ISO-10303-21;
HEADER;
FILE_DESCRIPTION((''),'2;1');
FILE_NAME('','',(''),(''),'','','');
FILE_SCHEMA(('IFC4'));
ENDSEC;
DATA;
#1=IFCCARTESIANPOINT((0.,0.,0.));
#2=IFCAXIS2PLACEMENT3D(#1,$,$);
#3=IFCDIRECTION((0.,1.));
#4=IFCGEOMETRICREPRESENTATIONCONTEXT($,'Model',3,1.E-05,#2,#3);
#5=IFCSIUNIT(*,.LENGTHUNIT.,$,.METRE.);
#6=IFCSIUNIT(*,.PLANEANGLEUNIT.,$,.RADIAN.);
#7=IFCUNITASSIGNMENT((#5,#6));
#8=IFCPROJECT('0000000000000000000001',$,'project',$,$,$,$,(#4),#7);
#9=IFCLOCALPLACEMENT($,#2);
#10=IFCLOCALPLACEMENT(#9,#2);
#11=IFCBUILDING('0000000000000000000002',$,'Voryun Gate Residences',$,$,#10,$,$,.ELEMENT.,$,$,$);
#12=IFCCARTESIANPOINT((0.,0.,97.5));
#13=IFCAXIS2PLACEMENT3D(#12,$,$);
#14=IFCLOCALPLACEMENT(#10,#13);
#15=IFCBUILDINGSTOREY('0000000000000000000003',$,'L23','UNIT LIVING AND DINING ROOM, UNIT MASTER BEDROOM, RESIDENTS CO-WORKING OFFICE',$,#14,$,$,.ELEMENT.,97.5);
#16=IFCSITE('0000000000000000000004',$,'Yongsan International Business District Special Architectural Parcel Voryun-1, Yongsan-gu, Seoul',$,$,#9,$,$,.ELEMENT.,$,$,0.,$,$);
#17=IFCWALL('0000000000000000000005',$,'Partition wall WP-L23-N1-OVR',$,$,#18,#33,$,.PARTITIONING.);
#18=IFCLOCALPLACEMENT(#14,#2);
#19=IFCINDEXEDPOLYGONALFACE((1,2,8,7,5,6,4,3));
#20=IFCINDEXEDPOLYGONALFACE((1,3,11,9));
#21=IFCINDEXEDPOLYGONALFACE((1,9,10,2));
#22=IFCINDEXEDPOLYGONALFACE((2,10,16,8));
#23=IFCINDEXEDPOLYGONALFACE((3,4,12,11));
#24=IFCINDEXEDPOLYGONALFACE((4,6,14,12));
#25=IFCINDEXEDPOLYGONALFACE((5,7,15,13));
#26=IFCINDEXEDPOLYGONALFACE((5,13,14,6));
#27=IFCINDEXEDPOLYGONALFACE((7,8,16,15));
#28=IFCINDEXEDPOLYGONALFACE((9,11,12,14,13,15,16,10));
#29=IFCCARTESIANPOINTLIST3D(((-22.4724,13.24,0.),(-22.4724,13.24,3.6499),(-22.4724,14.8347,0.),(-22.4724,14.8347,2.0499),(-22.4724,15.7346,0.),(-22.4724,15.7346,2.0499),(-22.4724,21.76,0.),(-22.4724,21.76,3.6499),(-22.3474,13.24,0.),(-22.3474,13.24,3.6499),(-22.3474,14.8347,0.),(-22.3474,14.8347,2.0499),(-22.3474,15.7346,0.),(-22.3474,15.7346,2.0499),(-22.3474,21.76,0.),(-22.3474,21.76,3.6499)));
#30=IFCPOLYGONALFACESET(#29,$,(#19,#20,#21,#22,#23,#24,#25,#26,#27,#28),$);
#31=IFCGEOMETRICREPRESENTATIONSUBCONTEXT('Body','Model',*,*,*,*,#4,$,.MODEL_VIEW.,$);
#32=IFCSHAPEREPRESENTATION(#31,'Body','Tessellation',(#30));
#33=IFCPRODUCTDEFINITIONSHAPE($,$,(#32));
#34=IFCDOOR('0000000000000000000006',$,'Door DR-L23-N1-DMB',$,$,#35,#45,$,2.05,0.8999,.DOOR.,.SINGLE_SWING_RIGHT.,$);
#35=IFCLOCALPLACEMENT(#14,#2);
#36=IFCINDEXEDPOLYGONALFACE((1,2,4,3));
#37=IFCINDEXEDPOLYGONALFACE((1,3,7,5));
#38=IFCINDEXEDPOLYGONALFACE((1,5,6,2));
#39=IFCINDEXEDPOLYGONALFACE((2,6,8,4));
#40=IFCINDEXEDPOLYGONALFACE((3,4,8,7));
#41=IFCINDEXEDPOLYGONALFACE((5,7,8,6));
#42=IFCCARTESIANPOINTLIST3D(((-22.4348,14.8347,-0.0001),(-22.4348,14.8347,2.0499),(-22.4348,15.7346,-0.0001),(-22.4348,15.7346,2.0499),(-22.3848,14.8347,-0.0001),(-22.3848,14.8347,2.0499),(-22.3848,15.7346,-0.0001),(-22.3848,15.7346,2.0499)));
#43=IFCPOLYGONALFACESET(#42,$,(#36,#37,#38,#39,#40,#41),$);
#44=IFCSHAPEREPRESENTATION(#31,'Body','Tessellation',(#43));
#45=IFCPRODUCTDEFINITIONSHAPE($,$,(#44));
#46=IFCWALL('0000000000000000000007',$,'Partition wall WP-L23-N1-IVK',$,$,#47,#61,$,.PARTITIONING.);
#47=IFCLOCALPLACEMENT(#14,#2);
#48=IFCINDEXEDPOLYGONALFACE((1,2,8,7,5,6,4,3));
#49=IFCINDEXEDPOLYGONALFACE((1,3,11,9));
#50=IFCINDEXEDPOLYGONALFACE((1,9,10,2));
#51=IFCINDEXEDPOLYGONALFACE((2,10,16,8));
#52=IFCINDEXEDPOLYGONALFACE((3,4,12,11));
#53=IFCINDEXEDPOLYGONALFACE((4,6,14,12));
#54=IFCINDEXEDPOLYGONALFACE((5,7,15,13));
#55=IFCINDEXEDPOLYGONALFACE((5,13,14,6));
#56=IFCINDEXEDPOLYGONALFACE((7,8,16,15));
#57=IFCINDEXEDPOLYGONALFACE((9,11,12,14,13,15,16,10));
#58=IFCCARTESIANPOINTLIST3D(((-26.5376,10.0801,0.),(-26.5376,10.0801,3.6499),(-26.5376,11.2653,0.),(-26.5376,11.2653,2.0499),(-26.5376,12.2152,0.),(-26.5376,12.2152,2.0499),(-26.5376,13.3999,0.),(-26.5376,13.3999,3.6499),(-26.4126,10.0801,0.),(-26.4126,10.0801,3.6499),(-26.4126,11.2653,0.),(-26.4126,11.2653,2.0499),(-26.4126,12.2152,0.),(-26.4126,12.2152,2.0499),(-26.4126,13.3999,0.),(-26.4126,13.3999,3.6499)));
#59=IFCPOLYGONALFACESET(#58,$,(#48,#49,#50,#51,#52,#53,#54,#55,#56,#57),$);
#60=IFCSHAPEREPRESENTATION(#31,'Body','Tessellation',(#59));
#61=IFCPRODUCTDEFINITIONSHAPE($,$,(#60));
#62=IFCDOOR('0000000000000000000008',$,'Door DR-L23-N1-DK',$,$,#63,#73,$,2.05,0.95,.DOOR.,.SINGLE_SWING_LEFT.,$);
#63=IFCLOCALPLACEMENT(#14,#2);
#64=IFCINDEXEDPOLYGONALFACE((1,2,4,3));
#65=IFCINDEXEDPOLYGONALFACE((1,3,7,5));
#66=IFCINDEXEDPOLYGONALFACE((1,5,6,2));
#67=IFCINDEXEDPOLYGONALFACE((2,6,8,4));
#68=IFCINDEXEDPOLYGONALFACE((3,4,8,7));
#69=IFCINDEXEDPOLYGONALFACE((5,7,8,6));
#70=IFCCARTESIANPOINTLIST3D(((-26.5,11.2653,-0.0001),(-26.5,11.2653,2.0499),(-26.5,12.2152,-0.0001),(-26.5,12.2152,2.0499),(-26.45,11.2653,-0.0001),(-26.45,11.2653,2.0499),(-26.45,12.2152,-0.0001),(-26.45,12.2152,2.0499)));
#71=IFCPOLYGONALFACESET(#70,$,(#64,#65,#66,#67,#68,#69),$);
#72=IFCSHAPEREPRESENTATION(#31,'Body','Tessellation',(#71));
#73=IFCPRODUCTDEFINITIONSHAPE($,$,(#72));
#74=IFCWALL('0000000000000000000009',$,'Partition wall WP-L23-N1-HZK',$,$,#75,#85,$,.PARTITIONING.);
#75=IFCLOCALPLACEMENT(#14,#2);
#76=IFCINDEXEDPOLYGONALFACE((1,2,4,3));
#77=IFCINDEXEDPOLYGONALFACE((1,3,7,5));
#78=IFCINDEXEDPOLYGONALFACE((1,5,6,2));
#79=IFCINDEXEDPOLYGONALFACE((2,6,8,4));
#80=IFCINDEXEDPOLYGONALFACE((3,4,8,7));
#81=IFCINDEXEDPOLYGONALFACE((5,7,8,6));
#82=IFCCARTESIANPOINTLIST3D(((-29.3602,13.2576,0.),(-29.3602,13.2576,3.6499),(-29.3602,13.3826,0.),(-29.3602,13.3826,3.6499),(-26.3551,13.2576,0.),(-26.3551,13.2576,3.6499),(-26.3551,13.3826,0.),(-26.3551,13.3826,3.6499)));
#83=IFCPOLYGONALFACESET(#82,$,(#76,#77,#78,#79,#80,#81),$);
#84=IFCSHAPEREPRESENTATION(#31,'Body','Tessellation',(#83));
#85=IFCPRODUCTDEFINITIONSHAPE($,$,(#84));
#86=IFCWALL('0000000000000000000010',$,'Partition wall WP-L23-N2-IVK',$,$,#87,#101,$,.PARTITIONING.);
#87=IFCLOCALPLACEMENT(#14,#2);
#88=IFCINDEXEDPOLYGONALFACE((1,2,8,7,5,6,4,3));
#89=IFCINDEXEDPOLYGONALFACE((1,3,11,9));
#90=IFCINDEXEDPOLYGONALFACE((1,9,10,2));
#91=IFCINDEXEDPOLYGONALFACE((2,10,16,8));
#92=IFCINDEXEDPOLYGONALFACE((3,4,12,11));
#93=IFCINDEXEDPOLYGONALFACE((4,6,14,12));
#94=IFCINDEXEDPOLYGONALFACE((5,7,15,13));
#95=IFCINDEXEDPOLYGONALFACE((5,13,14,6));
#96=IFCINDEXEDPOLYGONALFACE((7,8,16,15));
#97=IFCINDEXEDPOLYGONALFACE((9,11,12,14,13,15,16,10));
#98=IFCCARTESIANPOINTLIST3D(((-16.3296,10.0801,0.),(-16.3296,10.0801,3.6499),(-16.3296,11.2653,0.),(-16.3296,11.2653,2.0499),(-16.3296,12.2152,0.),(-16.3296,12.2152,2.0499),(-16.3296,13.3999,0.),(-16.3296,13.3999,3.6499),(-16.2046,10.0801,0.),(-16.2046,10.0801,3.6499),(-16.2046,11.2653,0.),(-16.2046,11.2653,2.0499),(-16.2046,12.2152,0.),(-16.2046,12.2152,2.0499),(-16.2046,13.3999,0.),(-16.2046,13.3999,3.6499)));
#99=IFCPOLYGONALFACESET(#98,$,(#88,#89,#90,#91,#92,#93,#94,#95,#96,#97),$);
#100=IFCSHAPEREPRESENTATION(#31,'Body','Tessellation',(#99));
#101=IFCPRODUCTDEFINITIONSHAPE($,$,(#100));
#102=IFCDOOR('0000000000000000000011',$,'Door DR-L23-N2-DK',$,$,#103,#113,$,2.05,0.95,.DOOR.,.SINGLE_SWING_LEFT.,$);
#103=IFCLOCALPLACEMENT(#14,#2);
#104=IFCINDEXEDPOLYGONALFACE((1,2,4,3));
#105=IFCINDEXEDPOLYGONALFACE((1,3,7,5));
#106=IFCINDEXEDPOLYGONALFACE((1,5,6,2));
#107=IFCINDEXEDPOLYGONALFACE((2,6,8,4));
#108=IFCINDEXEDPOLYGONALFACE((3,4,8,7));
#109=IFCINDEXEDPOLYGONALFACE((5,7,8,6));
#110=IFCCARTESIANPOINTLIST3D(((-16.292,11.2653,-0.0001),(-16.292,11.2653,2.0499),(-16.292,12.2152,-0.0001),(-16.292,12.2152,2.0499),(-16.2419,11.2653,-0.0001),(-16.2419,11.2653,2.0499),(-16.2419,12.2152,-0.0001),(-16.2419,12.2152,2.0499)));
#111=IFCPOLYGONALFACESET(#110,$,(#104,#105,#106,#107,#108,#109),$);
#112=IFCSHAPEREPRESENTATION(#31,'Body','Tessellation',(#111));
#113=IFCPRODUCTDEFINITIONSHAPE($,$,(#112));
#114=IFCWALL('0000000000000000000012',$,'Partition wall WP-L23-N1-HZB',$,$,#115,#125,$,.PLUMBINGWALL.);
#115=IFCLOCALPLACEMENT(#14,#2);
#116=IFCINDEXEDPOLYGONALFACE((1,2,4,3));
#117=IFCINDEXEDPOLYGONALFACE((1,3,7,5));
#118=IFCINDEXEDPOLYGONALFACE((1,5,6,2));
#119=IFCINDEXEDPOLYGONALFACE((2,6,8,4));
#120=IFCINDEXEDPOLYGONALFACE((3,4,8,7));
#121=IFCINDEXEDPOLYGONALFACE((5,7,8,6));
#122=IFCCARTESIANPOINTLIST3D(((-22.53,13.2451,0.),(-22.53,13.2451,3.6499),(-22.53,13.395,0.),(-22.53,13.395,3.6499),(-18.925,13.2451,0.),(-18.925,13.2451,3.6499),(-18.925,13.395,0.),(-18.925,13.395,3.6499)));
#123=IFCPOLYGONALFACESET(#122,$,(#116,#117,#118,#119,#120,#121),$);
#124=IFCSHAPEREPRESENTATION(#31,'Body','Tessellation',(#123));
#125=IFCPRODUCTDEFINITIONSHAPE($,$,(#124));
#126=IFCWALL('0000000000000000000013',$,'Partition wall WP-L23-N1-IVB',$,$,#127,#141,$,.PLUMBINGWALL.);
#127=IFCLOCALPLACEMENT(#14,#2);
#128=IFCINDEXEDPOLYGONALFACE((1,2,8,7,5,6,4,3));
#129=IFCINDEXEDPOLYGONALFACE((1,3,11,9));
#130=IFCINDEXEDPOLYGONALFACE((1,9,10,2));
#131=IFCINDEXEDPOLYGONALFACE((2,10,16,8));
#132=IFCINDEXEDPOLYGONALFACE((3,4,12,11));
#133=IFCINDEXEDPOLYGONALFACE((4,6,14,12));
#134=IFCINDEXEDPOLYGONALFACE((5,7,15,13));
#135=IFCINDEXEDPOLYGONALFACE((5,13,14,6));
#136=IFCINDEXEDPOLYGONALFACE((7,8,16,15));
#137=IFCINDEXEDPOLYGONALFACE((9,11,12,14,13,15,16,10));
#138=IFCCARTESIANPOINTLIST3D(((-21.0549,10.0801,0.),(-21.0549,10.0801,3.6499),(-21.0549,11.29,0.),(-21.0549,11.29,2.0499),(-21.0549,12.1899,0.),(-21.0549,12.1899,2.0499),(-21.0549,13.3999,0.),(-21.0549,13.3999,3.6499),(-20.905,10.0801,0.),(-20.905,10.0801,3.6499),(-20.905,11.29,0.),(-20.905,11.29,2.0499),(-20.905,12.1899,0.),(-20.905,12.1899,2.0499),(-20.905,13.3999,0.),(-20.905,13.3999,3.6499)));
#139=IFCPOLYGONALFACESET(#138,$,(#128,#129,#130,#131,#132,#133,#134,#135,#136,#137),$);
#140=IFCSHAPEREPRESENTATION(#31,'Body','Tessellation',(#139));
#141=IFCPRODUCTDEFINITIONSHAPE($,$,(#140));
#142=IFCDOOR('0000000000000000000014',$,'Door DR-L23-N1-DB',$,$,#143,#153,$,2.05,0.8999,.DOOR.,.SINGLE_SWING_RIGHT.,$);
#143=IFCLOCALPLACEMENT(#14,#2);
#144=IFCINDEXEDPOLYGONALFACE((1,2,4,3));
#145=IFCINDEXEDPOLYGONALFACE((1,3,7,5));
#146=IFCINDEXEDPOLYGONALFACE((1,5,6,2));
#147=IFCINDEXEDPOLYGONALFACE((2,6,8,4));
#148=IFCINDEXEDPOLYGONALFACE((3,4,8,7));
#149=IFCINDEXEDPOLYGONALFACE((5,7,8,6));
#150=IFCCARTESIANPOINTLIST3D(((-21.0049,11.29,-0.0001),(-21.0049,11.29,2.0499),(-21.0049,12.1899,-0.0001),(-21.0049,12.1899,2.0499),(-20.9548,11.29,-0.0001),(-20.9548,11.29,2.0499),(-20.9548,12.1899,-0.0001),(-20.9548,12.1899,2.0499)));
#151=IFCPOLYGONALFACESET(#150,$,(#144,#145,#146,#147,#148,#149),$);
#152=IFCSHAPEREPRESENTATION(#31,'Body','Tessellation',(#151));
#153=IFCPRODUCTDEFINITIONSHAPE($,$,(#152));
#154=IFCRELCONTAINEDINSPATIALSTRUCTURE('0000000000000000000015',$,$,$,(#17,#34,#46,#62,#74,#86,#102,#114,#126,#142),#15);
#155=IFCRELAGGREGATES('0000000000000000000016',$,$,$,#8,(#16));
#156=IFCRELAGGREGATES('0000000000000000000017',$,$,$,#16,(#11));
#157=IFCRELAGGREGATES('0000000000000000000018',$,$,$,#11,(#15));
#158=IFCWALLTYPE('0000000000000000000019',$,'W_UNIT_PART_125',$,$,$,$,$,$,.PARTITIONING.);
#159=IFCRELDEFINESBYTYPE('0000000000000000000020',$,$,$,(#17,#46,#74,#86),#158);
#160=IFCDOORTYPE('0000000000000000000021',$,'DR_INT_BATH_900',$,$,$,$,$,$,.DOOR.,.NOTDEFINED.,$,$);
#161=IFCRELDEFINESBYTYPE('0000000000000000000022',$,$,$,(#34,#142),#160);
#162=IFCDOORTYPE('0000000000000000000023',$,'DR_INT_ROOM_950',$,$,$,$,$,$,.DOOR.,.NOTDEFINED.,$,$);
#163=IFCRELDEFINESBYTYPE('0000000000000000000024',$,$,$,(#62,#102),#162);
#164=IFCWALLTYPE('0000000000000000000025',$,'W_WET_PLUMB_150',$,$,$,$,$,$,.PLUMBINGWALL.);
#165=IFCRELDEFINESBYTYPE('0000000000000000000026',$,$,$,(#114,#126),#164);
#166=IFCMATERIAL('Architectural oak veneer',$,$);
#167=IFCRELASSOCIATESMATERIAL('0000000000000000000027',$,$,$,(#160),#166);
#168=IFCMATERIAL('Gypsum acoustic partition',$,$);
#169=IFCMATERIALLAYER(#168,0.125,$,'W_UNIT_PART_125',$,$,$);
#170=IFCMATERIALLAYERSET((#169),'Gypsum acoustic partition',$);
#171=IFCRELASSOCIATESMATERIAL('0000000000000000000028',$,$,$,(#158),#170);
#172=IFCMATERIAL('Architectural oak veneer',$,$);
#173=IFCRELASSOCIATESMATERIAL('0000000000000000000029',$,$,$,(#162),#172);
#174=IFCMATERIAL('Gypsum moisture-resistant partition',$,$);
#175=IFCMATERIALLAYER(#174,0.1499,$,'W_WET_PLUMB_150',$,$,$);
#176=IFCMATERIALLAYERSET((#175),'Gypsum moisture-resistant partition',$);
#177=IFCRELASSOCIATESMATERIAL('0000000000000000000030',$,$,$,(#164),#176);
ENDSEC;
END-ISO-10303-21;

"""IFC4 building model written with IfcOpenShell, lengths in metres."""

from ifc_helpers import new_model, si_unit, direction, frame, frame_2d, origin, place, context, subcontext, project, spatial, rectangle, extrude, material, layer, layer_set, type_object, element, fill, save


model = new_model("IFC4")

# Units and contexts
model_context = context("Model", 3, precision=1e-05, world=origin(), true_north=direction((0.0, 1.0)))
body_context = subcontext(model_context, "Body", "Model", "MODEL_VIEW")
ifc_project = project(units=[si_unit("LENGTHUNIT", "METRE"), si_unit("PLANEANGLEUNIT", "RADIAN")], contexts=[model_context])

# Site, building, storey
site_placement = place(None, origin())
site = spatial("IfcSite", under=ifc_project, at=site_placement, Name="Yongsan International Business District Special Architectural Parcel Voryun-1, Yongsan-gu, Seoul", CompositionType="ELEMENT", RefElevation=0.0)
building_placement = place(site_placement, origin())
building = spatial("IfcBuilding", under=site, at=building_placement, Name="Voryun Gate Residences", CompositionType="ELEMENT")
storey_placement = place(building_placement, frame((0.0, 0.0, 97.5)))
storey = spatial("IfcBuildingStorey", under=building, at=storey_placement, Name="L23", Description="UNIT LIVING AND DINING ROOM, UNIT MASTER BEDROOM, RESIDENTS CO-WORKING OFFICE", CompositionType="ELEMENT", Elevation=97.5)

# Shared definitions
ifc_material_1 = material(Name="Architectural oak veneer")
door_type_1 = type_object("IfcDoorType", Name="DR_INT_BATH_900", OperationType="NOTDEFINED", PredefinedType="DOOR", material=ifc_material_1)

# Walls, openings, doors
ifc_material_2 = material(Name="Gypsum acoustic partition")
ifc_layer_1 = layer(ifc_material_2, 0.125, Name="W_UNIT_PART_125")
ifc_layer_set_1 = layer_set([ifc_layer_1], Name="Gypsum acoustic partition")
wall_type_1 = type_object("IfcWallType", Name="W_UNIT_PART_125", PredefinedType="PARTITIONING", material=ifc_layer_set_1)
wall_1_placement = place(storey_placement, frame((-22.4099, 13.24, 0.0), z_axis=(0.0, 0.0, 1.0), x_axis=(0.0, 1.0, 0.0)))
wall_1 = element("IfcWall", 1, at=wall_1_placement, inside=storey, type_object=wall_type_1, Name="Partition wall WP-L23-N1-OVR", PredefinedType="PARTITIONING", context=body_context, shape_type="SweptSolid", body=[
    extrude(rectangle(XDim=8.52, YDim=0.125, at=frame_2d((4.26, 0.0))), origin(), (0.0, 0.0, 1.0), 3.6499),
])
opening_1_placement = place(wall_1_placement, frame((1.5947, 0.0, 0.0)))
opening_1 = element("IfcOpeningElement", 2, at=opening_1_placement, cuts=wall_1, PredefinedType="OPENING", context=body_context, shape_type="SweptSolid", body=[
    extrude(rectangle(XDim=0.8999, YDim=2.05, at=frame_2d((0.45, 1.0249))), frame((0.0, 0.0725, 0.0), z_axis=(0.0, -1.0, 0.0), x_axis=(1.0, 0.0, 0.0)), (0.0, 0.0, 1.0), 0.145),
])
door_1_placement = place(opening_1_placement, origin())
door_1 = element("IfcDoor", 3, at=door_1_placement, inside=storey, type_object=door_type_1, Name="Door DR-L23-N1-DMB", OperationType="SINGLE_SWING_RIGHT", OverallHeight=2.05, OverallWidth=0.8999, PredefinedType="DOOR", context=body_context, shape_type="SweptSolid", body=[
    extrude(rectangle(XDim=0.8999, YDim=2.05, at=frame_2d((0.45, 1.0249))), frame((0.0, 0.0249, 0.0), z_axis=(0.0, -1.0, 0.0), x_axis=(1.0, 0.0, 0.0)), (0.0, 0.0, 1.0), 0.05),
])
fill(opening_1, door_1)
wall_2_placement = place(storey_placement, frame((-26.4751, 10.0801, 0.0), z_axis=(0.0, 0.0, 1.0), x_axis=(0.0, 1.0, 0.0)))
wall_2 = element("IfcWall", 4, at=wall_2_placement, inside=storey, type_object=wall_type_1, Name="Partition wall WP-L23-N1-IVK", PredefinedType="PARTITIONING", context=body_context, shape_type="SweptSolid", body=[
    extrude(rectangle(XDim=3.3198, YDim=0.125, at=frame_2d((1.6599, 0.0))), origin(), (0.0, 0.0, 1.0), 3.6499),
])
opening_2_placement = place(wall_2_placement, frame((1.1851, 0.0, 0.0)))
opening_2 = element("IfcOpeningElement", 5, at=opening_2_placement, cuts=wall_2, PredefinedType="OPENING", context=body_context, shape_type="SweptSolid", body=[
    extrude(rectangle(XDim=0.95, YDim=2.05, at=frame_2d((0.4751, 1.0249))), frame((0.0, 0.0725, 0.0), z_axis=(0.0, -1.0, 0.0), x_axis=(1.0, 0.0, 0.0)), (0.0, 0.0, 1.0), 0.145),
])
ifc_material_3 = material(Name="Architectural oak veneer")
door_type_2 = type_object("IfcDoorType", Name="DR_INT_ROOM_950", OperationType="NOTDEFINED", PredefinedType="DOOR", material=ifc_material_3)
door_2_placement = place(opening_2_placement, origin())
door_2 = element("IfcDoor", 6, at=door_2_placement, inside=storey, type_object=door_type_2, Name="Door DR-L23-N1-DK", OperationType="SINGLE_SWING_LEFT", OverallHeight=2.05, OverallWidth=0.95, PredefinedType="DOOR", context=body_context, shape_type="SweptSolid", body=[
    extrude(rectangle(XDim=0.95, YDim=2.05, at=frame_2d((0.4751, 1.0249))), frame((0.0, 0.0249, 0.0), z_axis=(0.0, -1.0, 0.0), x_axis=(1.0, 0.0, 0.0)), (0.0, 0.0, 1.0), 0.05),
])
fill(opening_2, door_2)

# Wall
wall_3_placement = place(storey_placement, frame((-29.3601, 13.3201, 0.0), z_axis=(0.0, 0.0, 1.0), x_axis=(1.0, 0.0, 0.0)))
element("IfcWall", 7, at=wall_3_placement, inside=storey, type_object=wall_type_1, Name="Partition wall WP-L23-N1-HZK", PredefinedType="PARTITIONING", context=body_context, shape_type="SweptSolid", body=[
    extrude(rectangle(XDim=3.0051, YDim=0.125, at=frame_2d((1.5024, 0.0))), origin(), (0.0, 0.0, 1.0), 3.6499),
])

# Wall, opening, door
wall_4_placement = place(storey_placement, frame((-16.2671, 10.0801, 0.0), z_axis=(0.0, 0.0, 1.0), x_axis=(0.0, 1.0, 0.0)))
wall_4 = element("IfcWall", 8, at=wall_4_placement, inside=storey, type_object=wall_type_1, Name="Partition wall WP-L23-N2-IVK", PredefinedType="PARTITIONING", context=body_context, shape_type="SweptSolid", body=[
    extrude(rectangle(XDim=3.3198, YDim=0.125, at=frame_2d((1.6599, 0.0))), origin(), (0.0, 0.0, 1.0), 3.6499),
])
opening_3_placement = place(wall_4_placement, frame((1.1851, 0.0, 0.0)))
opening_3 = element("IfcOpeningElement", 9, at=opening_3_placement, cuts=wall_4, PredefinedType="OPENING", context=body_context, shape_type="SweptSolid", body=[
    extrude(rectangle(XDim=0.95, YDim=2.05, at=frame_2d((0.4751, 1.0249))), frame((0.0, 0.0725, 0.0), z_axis=(0.0, -1.0, 0.0), x_axis=(1.0, 0.0, 0.0)), (0.0, 0.0, 1.0), 0.145),
])
door_3_placement = place(opening_3_placement, origin())
door_3 = element("IfcDoor", 10, at=door_3_placement, inside=storey, type_object=door_type_2, Name="Door DR-L23-N2-DK", OperationType="SINGLE_SWING_LEFT", OverallHeight=2.05, OverallWidth=0.95, PredefinedType="DOOR", context=body_context, shape_type="SweptSolid", body=[
    extrude(rectangle(XDim=0.95, YDim=2.05, at=frame_2d((0.4751, 1.0249))), frame((0.0, 0.0249, 0.0), z_axis=(0.0, -1.0, 0.0), x_axis=(1.0, 0.0, 0.0)), (0.0, 0.0, 1.0), 0.05),
])
fill(opening_3, door_3)

# Wall
ifc_material_4 = material(Name="Gypsum moisture-resistant partition")
ifc_layer_2 = layer(ifc_material_4, 0.1499, Name="W_WET_PLUMB_150")
ifc_layer_set_2 = layer_set([ifc_layer_2], Name="Gypsum moisture-resistant partition")
wall_type_2 = type_object("IfcWallType", Name="W_WET_PLUMB_150", PredefinedType="PLUMBINGWALL", material=ifc_layer_set_2)
wall_5_placement = place(storey_placement, frame((-22.53, 13.3201, 0.0), z_axis=(0.0, 0.0, 1.0), x_axis=(1.0, 0.0, 0.0)))
element("IfcWall", 11, at=wall_5_placement, inside=storey, type_object=wall_type_2, Name="Partition wall WP-L23-N1-HZB", PredefinedType="PLUMBINGWALL", context=body_context, shape_type="SweptSolid", body=[
    extrude(rectangle(XDim=3.605, YDim=0.1499, at=frame_2d((1.8025, 0.0))), origin(), (0.0, 0.0, 1.0), 3.6499),
])

# Wall, opening, door
wall_6_placement = place(storey_placement, frame((-20.98, 10.0801, 0.0), z_axis=(0.0, 0.0, 1.0), x_axis=(0.0, 1.0, 0.0)))
wall_6 = element("IfcWall", 12, at=wall_6_placement, inside=storey, type_object=wall_type_2, Name="Partition wall WP-L23-N1-IVB", PredefinedType="PLUMBINGWALL", context=body_context, shape_type="SweptSolid", body=[
    extrude(rectangle(XDim=3.3198, YDim=0.1499, at=frame_2d((1.6599, 0.0))), origin(), (0.0, 0.0, 1.0), 3.6499),
])
opening_4_placement = place(wall_6_placement, frame((1.21, 0.0, 0.0)))
opening_4 = element("IfcOpeningElement", 13, at=opening_4_placement, cuts=wall_6, PredefinedType="OPENING", context=body_context, shape_type="SweptSolid", body=[
    extrude(rectangle(XDim=0.8999, YDim=2.05, at=frame_2d((0.45, 1.0249))), frame((0.0, 0.085, 0.0), z_axis=(0.0, -1.0, 0.0), x_axis=(1.0, 0.0, 0.0)), (0.0, 0.0, 1.0), 0.1699),
])
door_4_placement = place(opening_4_placement, origin())
door_4 = element("IfcDoor", 14, at=door_4_placement, inside=storey, type_object=door_type_1, Name="Door DR-L23-N1-DB", OperationType="SINGLE_SWING_RIGHT", OverallHeight=2.05, OverallWidth=0.8999, PredefinedType="DOOR", context=body_context, shape_type="SweptSolid", body=[
    extrude(rectangle(XDim=0.8999, YDim=2.05, at=frame_2d((0.45, 1.0249))), frame((0.0, 0.0249, 0.0), z_axis=(0.0, -1.0, 0.0), x_axis=(1.0, 0.0, 0.0)), (0.0, 0.0, 1.0), 0.05),
])
fill(opening_4, door_4)

save(model, "model.ifc")
